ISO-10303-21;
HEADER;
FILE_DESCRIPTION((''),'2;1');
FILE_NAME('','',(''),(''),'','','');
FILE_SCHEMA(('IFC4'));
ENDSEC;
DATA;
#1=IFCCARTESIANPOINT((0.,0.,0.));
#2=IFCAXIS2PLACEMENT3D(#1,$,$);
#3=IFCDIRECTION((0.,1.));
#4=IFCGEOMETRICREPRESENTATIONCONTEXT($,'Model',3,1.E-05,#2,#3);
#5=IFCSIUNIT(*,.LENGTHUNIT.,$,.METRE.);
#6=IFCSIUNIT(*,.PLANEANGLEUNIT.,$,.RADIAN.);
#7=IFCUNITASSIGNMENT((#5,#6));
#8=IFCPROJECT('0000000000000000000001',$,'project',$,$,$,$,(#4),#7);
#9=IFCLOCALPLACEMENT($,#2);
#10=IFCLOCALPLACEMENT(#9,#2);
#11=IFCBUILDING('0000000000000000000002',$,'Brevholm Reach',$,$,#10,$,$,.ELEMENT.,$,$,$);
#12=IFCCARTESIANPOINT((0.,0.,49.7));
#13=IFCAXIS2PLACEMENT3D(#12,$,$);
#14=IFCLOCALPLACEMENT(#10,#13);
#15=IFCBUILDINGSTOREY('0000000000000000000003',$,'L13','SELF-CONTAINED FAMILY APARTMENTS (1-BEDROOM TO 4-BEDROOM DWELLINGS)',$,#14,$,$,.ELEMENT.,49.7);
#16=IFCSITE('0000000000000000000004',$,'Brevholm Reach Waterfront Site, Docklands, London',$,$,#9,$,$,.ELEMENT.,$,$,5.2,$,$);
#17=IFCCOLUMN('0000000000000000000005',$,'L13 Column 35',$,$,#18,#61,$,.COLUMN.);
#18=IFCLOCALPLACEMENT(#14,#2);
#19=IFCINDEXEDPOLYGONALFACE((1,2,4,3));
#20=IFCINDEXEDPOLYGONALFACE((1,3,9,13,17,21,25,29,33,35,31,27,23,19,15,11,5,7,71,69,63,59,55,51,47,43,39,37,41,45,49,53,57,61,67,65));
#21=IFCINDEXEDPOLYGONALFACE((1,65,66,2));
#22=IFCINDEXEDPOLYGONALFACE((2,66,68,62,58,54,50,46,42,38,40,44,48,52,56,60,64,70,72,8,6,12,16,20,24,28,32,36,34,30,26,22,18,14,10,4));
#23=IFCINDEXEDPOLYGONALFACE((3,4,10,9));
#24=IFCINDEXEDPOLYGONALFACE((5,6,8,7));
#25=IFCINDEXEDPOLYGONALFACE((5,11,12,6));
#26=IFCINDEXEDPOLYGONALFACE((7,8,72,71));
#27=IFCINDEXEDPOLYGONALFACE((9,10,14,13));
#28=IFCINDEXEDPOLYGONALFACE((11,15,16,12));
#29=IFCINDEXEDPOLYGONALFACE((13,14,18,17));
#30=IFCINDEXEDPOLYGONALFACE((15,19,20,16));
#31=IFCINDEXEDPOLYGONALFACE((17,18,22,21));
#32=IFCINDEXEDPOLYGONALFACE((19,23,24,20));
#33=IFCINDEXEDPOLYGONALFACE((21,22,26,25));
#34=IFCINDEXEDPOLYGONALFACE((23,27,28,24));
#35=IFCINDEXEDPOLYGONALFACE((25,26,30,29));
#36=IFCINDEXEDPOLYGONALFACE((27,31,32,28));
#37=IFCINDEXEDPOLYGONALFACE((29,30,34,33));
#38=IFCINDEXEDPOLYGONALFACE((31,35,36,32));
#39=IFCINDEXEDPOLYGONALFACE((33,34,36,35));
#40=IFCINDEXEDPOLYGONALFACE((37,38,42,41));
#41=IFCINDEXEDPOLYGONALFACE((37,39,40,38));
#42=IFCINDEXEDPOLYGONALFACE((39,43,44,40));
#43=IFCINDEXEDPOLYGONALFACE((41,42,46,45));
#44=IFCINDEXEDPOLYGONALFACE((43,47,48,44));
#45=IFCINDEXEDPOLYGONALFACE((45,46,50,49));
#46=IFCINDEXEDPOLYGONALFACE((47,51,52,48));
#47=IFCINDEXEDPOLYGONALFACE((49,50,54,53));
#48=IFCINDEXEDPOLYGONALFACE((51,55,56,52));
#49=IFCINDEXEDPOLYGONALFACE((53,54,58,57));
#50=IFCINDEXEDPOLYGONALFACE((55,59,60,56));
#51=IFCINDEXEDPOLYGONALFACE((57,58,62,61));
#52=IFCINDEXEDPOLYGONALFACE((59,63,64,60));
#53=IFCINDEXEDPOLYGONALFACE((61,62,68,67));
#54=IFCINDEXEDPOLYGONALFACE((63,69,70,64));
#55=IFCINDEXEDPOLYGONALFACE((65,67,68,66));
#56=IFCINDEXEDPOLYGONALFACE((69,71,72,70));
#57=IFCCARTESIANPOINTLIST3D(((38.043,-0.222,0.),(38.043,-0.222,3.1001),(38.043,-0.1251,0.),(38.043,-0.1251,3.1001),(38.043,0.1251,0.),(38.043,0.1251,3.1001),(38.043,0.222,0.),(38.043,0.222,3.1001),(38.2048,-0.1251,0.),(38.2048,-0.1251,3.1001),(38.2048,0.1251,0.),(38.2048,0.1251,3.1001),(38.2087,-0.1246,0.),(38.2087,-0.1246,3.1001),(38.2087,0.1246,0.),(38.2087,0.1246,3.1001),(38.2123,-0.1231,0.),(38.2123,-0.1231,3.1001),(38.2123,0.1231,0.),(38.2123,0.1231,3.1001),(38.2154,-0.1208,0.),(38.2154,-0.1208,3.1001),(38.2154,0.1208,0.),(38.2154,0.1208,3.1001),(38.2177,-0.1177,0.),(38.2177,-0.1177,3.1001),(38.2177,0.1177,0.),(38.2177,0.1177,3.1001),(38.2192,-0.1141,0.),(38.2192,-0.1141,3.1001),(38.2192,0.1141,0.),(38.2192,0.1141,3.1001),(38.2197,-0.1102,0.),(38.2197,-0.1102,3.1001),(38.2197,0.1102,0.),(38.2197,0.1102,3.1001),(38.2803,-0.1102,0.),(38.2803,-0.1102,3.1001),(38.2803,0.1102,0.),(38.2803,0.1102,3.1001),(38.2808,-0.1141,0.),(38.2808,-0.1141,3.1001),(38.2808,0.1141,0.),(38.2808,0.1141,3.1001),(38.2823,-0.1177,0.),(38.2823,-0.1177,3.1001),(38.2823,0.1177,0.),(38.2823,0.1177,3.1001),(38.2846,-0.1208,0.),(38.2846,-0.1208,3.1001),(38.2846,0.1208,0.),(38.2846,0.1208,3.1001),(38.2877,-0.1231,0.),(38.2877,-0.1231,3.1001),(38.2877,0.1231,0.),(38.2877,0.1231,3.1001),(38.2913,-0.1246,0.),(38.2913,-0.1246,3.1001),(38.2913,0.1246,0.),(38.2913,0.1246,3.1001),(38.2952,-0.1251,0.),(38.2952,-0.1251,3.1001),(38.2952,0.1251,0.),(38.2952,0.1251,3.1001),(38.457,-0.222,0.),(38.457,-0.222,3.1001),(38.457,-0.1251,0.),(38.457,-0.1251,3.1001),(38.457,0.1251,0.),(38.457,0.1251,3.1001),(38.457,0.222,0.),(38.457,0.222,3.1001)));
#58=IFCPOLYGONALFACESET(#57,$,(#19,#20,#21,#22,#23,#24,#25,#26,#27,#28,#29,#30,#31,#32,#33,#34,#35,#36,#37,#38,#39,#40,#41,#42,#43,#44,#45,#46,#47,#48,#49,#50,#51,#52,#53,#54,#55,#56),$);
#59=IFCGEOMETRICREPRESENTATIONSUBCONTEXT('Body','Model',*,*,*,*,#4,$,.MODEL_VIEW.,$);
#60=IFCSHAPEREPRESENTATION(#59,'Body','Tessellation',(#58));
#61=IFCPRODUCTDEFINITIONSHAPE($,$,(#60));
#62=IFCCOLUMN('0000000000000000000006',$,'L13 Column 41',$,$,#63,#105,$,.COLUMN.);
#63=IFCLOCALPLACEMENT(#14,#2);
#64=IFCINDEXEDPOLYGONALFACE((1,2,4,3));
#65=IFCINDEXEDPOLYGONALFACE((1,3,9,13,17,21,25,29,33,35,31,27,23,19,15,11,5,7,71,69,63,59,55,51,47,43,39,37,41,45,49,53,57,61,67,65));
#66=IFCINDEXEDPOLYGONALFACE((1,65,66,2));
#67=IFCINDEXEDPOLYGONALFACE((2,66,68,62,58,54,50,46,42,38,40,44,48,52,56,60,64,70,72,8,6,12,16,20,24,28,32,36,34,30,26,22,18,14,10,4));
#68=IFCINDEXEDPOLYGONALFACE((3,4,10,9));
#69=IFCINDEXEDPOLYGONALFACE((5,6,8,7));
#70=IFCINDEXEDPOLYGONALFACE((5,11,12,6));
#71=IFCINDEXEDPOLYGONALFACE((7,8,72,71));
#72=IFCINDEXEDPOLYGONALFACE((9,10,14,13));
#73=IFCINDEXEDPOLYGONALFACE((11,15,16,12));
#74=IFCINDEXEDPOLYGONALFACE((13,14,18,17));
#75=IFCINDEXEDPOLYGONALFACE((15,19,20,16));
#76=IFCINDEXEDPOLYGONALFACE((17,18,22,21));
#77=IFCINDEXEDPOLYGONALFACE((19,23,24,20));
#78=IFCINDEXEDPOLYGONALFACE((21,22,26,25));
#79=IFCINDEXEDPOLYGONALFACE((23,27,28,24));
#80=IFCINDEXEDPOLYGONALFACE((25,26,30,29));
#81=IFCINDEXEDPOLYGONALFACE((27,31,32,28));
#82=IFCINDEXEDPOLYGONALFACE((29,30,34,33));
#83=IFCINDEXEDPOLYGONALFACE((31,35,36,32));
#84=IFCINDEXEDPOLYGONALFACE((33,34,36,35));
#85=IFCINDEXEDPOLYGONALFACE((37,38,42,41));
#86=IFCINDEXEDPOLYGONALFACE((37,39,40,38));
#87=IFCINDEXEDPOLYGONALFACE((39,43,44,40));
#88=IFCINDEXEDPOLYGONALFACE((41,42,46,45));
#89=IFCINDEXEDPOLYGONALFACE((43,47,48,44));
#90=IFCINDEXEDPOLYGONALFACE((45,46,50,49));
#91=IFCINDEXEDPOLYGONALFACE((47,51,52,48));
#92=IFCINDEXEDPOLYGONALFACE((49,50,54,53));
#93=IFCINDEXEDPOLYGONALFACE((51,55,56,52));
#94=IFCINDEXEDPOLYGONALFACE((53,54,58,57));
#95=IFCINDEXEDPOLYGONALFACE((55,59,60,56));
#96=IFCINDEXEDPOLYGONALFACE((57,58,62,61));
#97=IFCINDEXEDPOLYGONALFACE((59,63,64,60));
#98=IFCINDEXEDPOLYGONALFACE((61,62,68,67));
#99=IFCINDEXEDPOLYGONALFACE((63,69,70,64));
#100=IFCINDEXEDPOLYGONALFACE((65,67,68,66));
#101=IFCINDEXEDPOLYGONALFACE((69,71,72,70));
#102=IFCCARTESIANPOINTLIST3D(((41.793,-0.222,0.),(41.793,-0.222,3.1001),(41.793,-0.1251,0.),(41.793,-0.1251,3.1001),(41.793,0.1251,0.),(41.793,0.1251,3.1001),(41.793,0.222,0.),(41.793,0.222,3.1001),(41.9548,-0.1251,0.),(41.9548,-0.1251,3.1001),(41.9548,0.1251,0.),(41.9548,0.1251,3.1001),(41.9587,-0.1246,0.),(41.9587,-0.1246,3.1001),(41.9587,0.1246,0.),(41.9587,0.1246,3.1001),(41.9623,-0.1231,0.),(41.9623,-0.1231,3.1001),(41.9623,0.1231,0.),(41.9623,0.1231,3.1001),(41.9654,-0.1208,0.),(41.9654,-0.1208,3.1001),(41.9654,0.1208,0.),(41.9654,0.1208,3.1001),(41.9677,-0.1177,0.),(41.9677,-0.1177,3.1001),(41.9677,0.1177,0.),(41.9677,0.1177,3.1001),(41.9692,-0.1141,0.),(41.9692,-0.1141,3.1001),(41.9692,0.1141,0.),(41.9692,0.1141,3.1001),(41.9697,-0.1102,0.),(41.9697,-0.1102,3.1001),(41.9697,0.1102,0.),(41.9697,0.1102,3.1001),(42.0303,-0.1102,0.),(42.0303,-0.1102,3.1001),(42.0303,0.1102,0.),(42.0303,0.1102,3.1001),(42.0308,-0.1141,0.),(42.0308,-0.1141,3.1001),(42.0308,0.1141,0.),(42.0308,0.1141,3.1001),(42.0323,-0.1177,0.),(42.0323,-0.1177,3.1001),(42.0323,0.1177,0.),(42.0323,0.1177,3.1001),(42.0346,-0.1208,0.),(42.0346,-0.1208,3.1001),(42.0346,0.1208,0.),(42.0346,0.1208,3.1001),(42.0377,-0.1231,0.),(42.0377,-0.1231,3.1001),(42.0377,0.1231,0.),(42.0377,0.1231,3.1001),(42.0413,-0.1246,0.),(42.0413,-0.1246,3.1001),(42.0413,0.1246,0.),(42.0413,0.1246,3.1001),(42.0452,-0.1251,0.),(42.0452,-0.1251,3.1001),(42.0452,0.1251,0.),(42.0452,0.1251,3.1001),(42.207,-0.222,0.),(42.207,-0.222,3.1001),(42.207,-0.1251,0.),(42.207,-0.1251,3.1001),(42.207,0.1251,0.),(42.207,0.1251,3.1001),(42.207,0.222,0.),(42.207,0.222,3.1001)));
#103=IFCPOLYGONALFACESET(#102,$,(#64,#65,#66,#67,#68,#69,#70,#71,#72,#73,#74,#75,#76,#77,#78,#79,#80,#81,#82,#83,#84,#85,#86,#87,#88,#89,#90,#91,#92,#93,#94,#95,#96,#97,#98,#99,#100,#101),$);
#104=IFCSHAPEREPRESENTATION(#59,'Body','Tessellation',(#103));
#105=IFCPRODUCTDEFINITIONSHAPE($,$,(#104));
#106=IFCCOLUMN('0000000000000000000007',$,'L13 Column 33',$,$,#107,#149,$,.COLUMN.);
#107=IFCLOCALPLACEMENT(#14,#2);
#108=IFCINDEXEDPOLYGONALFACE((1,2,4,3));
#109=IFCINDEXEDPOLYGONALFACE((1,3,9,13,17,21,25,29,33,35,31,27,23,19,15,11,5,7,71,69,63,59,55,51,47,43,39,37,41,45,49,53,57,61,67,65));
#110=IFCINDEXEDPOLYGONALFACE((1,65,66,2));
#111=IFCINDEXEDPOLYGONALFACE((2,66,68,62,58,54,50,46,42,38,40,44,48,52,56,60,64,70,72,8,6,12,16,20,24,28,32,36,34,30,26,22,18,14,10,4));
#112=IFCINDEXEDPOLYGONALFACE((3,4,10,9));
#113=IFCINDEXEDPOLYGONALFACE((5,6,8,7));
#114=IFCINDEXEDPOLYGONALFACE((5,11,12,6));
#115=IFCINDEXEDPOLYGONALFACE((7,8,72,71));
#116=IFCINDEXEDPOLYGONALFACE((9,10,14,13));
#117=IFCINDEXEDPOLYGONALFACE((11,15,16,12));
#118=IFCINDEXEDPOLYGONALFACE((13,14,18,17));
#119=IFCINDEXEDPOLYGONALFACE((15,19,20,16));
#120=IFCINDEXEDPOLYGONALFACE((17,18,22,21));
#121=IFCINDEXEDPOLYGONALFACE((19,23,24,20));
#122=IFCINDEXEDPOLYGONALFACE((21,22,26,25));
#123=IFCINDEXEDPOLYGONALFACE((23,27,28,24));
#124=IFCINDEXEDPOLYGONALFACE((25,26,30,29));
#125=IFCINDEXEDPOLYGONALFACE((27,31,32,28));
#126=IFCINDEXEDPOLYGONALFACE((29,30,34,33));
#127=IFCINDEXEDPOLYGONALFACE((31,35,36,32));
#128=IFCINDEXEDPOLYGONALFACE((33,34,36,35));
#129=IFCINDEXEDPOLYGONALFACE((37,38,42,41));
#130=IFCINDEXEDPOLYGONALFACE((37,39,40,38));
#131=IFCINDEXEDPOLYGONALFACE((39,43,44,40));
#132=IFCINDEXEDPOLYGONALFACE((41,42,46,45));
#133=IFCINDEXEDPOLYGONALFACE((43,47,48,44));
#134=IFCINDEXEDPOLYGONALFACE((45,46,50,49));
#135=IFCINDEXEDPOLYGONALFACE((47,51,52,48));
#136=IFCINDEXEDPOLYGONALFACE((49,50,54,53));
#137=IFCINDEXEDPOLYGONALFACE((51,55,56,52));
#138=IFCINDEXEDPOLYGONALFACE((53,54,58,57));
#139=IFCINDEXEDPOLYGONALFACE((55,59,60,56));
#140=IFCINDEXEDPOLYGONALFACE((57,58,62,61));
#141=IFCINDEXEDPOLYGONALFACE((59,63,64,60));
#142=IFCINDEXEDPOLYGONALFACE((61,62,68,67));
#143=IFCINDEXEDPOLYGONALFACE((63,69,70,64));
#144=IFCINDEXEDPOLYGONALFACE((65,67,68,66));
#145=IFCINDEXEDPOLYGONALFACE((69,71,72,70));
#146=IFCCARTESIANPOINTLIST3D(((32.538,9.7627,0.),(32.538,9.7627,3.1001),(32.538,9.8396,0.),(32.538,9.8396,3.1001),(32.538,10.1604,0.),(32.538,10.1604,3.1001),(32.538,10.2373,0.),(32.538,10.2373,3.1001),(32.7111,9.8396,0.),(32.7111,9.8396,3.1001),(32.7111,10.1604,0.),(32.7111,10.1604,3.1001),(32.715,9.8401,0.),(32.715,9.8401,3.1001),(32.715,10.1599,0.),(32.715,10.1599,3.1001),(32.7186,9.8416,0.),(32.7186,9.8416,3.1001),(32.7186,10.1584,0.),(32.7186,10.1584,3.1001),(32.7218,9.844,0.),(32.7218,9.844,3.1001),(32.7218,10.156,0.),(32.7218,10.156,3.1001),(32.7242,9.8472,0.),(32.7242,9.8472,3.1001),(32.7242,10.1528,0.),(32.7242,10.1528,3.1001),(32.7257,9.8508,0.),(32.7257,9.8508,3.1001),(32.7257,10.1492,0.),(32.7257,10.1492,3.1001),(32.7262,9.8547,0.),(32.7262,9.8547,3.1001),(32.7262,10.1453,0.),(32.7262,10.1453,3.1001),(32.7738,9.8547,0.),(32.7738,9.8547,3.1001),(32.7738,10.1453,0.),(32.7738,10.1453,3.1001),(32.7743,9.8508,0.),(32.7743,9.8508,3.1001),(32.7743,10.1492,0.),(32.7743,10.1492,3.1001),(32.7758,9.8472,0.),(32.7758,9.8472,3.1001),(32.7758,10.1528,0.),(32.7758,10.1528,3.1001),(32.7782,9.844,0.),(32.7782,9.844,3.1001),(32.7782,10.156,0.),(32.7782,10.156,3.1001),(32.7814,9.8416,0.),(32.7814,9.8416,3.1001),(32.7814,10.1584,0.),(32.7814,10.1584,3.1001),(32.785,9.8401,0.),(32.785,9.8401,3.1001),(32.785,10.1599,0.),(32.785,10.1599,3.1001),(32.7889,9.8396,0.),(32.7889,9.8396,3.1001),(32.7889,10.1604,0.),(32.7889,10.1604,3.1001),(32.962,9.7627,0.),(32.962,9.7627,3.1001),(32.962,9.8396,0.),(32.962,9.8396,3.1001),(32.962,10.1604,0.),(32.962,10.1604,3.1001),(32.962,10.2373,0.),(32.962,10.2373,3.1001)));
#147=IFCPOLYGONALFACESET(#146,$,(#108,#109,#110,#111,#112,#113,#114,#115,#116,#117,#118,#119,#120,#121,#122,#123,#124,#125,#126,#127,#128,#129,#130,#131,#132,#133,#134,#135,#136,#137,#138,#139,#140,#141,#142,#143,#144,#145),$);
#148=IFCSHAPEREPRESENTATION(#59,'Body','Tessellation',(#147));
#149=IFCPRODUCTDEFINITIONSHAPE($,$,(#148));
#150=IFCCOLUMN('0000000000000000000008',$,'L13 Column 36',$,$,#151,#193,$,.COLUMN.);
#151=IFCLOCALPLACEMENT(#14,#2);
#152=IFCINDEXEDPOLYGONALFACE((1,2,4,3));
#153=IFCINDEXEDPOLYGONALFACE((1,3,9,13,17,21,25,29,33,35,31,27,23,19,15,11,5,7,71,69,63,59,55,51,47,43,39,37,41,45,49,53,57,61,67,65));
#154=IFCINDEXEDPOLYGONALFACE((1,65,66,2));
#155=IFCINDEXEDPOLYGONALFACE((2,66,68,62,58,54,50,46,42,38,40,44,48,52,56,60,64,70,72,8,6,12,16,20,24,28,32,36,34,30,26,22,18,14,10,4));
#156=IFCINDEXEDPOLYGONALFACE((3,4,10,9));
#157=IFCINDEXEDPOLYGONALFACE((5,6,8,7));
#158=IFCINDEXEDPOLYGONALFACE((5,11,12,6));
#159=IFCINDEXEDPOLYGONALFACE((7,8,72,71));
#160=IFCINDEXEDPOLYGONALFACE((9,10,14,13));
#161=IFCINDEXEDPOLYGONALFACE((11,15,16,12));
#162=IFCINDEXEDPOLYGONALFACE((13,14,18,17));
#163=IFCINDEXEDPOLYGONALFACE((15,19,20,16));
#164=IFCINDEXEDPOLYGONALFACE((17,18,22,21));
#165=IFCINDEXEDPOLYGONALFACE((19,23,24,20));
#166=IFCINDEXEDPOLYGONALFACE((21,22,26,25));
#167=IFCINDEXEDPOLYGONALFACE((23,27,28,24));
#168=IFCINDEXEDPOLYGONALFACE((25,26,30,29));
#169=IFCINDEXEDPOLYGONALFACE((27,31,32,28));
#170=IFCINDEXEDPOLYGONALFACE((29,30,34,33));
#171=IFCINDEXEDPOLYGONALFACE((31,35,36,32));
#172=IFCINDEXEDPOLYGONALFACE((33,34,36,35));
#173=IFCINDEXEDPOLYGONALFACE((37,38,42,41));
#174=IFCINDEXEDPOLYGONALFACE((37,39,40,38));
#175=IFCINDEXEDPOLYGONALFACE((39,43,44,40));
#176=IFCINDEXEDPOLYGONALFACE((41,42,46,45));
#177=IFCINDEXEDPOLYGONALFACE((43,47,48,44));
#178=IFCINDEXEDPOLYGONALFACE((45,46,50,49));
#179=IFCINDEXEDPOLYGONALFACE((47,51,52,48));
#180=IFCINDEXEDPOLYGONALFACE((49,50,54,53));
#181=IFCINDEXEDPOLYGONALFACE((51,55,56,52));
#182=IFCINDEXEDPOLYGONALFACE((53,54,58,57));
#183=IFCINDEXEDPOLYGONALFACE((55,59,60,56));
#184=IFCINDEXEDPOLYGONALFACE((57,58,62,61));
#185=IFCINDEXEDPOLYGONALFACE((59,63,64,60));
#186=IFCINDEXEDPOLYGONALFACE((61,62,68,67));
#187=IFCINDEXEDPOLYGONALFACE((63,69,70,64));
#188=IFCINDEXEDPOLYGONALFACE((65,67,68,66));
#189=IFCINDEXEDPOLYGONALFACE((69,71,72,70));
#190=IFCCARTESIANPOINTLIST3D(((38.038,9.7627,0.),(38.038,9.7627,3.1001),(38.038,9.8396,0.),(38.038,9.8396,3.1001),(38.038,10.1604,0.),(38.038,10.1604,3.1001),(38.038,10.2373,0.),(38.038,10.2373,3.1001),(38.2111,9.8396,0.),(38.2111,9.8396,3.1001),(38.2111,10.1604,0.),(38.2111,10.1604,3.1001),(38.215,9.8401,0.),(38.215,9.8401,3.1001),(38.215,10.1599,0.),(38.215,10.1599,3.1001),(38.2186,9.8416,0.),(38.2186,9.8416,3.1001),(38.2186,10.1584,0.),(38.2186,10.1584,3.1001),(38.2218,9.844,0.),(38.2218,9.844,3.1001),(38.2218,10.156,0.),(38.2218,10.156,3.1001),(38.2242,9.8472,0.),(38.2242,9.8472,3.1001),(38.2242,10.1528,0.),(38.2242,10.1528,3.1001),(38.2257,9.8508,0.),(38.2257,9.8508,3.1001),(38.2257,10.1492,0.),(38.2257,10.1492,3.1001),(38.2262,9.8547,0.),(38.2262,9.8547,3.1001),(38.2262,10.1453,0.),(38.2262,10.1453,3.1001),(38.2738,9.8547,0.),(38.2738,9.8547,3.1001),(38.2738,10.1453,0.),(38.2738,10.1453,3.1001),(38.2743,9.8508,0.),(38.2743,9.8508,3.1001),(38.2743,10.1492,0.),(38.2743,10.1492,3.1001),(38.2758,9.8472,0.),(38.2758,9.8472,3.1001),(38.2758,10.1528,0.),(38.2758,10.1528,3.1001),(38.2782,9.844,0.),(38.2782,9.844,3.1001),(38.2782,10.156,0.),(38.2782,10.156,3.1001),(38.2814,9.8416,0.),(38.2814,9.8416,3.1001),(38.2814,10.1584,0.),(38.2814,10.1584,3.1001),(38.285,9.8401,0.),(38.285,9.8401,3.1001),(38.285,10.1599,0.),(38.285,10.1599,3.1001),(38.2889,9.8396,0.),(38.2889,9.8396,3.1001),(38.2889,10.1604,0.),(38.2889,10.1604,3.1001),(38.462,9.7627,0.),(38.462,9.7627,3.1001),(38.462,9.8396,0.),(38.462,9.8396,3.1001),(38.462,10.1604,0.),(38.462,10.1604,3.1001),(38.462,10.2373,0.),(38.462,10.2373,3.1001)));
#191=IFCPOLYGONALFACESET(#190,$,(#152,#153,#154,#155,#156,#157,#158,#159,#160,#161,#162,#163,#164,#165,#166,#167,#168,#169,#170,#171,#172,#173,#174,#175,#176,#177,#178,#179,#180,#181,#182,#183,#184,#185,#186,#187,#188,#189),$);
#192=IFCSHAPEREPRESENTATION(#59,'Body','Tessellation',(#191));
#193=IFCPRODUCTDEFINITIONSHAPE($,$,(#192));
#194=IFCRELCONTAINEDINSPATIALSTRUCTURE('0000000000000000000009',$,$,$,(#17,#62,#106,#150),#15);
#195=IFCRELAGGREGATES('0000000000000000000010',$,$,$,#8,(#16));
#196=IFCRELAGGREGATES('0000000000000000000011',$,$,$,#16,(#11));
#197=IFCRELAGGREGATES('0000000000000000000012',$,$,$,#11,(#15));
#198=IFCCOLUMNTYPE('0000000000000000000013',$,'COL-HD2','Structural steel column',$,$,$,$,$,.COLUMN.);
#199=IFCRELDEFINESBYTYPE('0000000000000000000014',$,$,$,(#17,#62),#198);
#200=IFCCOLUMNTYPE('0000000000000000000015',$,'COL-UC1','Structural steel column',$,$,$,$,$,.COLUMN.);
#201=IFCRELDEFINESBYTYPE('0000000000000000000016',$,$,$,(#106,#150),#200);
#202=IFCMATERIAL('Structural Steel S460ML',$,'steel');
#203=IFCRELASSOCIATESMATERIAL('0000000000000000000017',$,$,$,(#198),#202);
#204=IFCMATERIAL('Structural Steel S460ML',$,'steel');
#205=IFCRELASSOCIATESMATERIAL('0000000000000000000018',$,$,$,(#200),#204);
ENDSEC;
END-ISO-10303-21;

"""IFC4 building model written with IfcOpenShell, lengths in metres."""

from ifc_helpers import new_model, si_unit, direction, frame, origin, origin_2d, place, context, subcontext, project, spatial, i_section, extrude, material, material_profile, profile_set, type_object, element, save


model = new_model("IFC4")

# Units and contexts
model_context = context("Model", 3, precision=1e-05, world=origin(), true_north=direction((0.0, 1.0)))
body_context = subcontext(model_context, "Body", "Model", "MODEL_VIEW")
ifc_project = project(units=[si_unit("LENGTHUNIT", "METRE"), si_unit("PLANEANGLEUNIT", "RADIAN")], contexts=[model_context])

# Site, building, storey
site_placement = place(None, origin())
site = spatial("IfcSite", under=ifc_project, at=site_placement, Name="Brevholm Reach Waterfront Site, Docklands, London", CompositionType="ELEMENT", RefElevation=5.2)
building_placement = place(site_placement, origin())
building = spatial("IfcBuilding", under=site, at=building_placement, Name="Brevholm Reach", CompositionType="ELEMENT")
storey_placement = place(building_placement, frame((0.0, 0.0, 49.7)))
storey = spatial("IfcBuildingStorey", under=building, at=storey_placement, Name="L13", Description="SELF-CONTAINED FAMILY APARTMENTS (1-BEDROOM TO 4-BEDROOM DWELLINGS)", CompositionType="ELEMENT", Elevation=49.7)

# Columns
ifc_material_1 = material(Name="Structural Steel S460ML", Category="steel")
ifc_material_profile_1 = material_profile(ifc_material_1, i_section(OverallWidth=0.4141, OverallDepth=0.4441, WebThickness=0.0605, FlangeThickness=0.0969, FilletRadius=0.0149, at=origin_2d()), Name="HD 400x818")
ifc_profile_set_1 = profile_set([ifc_material_profile_1], Name="Structural Steel S460ML")
column_type_1 = type_object("IfcColumnType", Name="COL-HD2", Description="Structural steel column", PredefinedType="COLUMN", material=ifc_profile_set_1)
for number, where, z_axis, x_axis, name in (
    (1, (38.25, 0.0, 0.0), (0.0, 0.0, 1.0), (1.0, 0.0, 0.0), "L13 Column 35"),
    (2, (42.0, 0.0, 0.0), (0.0, 0.0, 1.0), (1.0, 0.0, 0.0), "L13 Column 41"),
):
    element("IfcColumn", number, at=place(storey_placement, frame(where, z_axis=z_axis, x_axis=x_axis)), inside=storey, type_object=column_type_1, Name=name, PredefinedType="COLUMN", context=body_context, shape_type="SweptSolid", body=[
        extrude(i_section(OverallWidth=0.4141, OverallDepth=0.4441, WebThickness=0.0605, FlangeThickness=0.0969, FilletRadius=0.0149, at=origin_2d()), origin(), (0.0, 0.0, 1.0), 3.1001),
    ])
ifc_material_2 = material(Name="Structural Steel S460ML", Category="steel")
ifc_material_profile_2 = material_profile(ifc_material_2, i_section(OverallWidth=0.4241, OverallDepth=0.4746, WebThickness=0.0476, FlangeThickness=0.0769, FilletRadius=0.0151, at=origin_2d()), Name="UKC 356x406x634")
ifc_profile_set_2 = profile_set([ifc_material_profile_2], Name="Structural Steel S460ML")
column_type_2 = type_object("IfcColumnType", Name="COL-UC1", Description="Structural steel column", PredefinedType="COLUMN", material=ifc_profile_set_2)
for number, where, z_axis, x_axis, name in (
    (3, (32.75, 10.0, 0.0), (0.0, 0.0, 1.0), (1.0, 0.0, 0.0), "L13 Column 33"),
    (4, (38.25, 10.0, 0.0), (0.0, 0.0, 1.0), (1.0, 0.0, 0.0), "L13 Column 36"),
):
    element("IfcColumn", number, at=place(storey_placement, frame(where, z_axis=z_axis, x_axis=x_axis)), inside=storey, type_object=column_type_2, Name=name, PredefinedType="COLUMN", context=body_context, shape_type="SweptSolid", body=[
        extrude(i_section(OverallWidth=0.4241, OverallDepth=0.4746, WebThickness=0.0476, FlangeThickness=0.0769, FilletRadius=0.0151, at=origin_2d()), origin(), (0.0, 0.0, 1.0), 3.1001),
    ])

save(model, "model.ifc")
